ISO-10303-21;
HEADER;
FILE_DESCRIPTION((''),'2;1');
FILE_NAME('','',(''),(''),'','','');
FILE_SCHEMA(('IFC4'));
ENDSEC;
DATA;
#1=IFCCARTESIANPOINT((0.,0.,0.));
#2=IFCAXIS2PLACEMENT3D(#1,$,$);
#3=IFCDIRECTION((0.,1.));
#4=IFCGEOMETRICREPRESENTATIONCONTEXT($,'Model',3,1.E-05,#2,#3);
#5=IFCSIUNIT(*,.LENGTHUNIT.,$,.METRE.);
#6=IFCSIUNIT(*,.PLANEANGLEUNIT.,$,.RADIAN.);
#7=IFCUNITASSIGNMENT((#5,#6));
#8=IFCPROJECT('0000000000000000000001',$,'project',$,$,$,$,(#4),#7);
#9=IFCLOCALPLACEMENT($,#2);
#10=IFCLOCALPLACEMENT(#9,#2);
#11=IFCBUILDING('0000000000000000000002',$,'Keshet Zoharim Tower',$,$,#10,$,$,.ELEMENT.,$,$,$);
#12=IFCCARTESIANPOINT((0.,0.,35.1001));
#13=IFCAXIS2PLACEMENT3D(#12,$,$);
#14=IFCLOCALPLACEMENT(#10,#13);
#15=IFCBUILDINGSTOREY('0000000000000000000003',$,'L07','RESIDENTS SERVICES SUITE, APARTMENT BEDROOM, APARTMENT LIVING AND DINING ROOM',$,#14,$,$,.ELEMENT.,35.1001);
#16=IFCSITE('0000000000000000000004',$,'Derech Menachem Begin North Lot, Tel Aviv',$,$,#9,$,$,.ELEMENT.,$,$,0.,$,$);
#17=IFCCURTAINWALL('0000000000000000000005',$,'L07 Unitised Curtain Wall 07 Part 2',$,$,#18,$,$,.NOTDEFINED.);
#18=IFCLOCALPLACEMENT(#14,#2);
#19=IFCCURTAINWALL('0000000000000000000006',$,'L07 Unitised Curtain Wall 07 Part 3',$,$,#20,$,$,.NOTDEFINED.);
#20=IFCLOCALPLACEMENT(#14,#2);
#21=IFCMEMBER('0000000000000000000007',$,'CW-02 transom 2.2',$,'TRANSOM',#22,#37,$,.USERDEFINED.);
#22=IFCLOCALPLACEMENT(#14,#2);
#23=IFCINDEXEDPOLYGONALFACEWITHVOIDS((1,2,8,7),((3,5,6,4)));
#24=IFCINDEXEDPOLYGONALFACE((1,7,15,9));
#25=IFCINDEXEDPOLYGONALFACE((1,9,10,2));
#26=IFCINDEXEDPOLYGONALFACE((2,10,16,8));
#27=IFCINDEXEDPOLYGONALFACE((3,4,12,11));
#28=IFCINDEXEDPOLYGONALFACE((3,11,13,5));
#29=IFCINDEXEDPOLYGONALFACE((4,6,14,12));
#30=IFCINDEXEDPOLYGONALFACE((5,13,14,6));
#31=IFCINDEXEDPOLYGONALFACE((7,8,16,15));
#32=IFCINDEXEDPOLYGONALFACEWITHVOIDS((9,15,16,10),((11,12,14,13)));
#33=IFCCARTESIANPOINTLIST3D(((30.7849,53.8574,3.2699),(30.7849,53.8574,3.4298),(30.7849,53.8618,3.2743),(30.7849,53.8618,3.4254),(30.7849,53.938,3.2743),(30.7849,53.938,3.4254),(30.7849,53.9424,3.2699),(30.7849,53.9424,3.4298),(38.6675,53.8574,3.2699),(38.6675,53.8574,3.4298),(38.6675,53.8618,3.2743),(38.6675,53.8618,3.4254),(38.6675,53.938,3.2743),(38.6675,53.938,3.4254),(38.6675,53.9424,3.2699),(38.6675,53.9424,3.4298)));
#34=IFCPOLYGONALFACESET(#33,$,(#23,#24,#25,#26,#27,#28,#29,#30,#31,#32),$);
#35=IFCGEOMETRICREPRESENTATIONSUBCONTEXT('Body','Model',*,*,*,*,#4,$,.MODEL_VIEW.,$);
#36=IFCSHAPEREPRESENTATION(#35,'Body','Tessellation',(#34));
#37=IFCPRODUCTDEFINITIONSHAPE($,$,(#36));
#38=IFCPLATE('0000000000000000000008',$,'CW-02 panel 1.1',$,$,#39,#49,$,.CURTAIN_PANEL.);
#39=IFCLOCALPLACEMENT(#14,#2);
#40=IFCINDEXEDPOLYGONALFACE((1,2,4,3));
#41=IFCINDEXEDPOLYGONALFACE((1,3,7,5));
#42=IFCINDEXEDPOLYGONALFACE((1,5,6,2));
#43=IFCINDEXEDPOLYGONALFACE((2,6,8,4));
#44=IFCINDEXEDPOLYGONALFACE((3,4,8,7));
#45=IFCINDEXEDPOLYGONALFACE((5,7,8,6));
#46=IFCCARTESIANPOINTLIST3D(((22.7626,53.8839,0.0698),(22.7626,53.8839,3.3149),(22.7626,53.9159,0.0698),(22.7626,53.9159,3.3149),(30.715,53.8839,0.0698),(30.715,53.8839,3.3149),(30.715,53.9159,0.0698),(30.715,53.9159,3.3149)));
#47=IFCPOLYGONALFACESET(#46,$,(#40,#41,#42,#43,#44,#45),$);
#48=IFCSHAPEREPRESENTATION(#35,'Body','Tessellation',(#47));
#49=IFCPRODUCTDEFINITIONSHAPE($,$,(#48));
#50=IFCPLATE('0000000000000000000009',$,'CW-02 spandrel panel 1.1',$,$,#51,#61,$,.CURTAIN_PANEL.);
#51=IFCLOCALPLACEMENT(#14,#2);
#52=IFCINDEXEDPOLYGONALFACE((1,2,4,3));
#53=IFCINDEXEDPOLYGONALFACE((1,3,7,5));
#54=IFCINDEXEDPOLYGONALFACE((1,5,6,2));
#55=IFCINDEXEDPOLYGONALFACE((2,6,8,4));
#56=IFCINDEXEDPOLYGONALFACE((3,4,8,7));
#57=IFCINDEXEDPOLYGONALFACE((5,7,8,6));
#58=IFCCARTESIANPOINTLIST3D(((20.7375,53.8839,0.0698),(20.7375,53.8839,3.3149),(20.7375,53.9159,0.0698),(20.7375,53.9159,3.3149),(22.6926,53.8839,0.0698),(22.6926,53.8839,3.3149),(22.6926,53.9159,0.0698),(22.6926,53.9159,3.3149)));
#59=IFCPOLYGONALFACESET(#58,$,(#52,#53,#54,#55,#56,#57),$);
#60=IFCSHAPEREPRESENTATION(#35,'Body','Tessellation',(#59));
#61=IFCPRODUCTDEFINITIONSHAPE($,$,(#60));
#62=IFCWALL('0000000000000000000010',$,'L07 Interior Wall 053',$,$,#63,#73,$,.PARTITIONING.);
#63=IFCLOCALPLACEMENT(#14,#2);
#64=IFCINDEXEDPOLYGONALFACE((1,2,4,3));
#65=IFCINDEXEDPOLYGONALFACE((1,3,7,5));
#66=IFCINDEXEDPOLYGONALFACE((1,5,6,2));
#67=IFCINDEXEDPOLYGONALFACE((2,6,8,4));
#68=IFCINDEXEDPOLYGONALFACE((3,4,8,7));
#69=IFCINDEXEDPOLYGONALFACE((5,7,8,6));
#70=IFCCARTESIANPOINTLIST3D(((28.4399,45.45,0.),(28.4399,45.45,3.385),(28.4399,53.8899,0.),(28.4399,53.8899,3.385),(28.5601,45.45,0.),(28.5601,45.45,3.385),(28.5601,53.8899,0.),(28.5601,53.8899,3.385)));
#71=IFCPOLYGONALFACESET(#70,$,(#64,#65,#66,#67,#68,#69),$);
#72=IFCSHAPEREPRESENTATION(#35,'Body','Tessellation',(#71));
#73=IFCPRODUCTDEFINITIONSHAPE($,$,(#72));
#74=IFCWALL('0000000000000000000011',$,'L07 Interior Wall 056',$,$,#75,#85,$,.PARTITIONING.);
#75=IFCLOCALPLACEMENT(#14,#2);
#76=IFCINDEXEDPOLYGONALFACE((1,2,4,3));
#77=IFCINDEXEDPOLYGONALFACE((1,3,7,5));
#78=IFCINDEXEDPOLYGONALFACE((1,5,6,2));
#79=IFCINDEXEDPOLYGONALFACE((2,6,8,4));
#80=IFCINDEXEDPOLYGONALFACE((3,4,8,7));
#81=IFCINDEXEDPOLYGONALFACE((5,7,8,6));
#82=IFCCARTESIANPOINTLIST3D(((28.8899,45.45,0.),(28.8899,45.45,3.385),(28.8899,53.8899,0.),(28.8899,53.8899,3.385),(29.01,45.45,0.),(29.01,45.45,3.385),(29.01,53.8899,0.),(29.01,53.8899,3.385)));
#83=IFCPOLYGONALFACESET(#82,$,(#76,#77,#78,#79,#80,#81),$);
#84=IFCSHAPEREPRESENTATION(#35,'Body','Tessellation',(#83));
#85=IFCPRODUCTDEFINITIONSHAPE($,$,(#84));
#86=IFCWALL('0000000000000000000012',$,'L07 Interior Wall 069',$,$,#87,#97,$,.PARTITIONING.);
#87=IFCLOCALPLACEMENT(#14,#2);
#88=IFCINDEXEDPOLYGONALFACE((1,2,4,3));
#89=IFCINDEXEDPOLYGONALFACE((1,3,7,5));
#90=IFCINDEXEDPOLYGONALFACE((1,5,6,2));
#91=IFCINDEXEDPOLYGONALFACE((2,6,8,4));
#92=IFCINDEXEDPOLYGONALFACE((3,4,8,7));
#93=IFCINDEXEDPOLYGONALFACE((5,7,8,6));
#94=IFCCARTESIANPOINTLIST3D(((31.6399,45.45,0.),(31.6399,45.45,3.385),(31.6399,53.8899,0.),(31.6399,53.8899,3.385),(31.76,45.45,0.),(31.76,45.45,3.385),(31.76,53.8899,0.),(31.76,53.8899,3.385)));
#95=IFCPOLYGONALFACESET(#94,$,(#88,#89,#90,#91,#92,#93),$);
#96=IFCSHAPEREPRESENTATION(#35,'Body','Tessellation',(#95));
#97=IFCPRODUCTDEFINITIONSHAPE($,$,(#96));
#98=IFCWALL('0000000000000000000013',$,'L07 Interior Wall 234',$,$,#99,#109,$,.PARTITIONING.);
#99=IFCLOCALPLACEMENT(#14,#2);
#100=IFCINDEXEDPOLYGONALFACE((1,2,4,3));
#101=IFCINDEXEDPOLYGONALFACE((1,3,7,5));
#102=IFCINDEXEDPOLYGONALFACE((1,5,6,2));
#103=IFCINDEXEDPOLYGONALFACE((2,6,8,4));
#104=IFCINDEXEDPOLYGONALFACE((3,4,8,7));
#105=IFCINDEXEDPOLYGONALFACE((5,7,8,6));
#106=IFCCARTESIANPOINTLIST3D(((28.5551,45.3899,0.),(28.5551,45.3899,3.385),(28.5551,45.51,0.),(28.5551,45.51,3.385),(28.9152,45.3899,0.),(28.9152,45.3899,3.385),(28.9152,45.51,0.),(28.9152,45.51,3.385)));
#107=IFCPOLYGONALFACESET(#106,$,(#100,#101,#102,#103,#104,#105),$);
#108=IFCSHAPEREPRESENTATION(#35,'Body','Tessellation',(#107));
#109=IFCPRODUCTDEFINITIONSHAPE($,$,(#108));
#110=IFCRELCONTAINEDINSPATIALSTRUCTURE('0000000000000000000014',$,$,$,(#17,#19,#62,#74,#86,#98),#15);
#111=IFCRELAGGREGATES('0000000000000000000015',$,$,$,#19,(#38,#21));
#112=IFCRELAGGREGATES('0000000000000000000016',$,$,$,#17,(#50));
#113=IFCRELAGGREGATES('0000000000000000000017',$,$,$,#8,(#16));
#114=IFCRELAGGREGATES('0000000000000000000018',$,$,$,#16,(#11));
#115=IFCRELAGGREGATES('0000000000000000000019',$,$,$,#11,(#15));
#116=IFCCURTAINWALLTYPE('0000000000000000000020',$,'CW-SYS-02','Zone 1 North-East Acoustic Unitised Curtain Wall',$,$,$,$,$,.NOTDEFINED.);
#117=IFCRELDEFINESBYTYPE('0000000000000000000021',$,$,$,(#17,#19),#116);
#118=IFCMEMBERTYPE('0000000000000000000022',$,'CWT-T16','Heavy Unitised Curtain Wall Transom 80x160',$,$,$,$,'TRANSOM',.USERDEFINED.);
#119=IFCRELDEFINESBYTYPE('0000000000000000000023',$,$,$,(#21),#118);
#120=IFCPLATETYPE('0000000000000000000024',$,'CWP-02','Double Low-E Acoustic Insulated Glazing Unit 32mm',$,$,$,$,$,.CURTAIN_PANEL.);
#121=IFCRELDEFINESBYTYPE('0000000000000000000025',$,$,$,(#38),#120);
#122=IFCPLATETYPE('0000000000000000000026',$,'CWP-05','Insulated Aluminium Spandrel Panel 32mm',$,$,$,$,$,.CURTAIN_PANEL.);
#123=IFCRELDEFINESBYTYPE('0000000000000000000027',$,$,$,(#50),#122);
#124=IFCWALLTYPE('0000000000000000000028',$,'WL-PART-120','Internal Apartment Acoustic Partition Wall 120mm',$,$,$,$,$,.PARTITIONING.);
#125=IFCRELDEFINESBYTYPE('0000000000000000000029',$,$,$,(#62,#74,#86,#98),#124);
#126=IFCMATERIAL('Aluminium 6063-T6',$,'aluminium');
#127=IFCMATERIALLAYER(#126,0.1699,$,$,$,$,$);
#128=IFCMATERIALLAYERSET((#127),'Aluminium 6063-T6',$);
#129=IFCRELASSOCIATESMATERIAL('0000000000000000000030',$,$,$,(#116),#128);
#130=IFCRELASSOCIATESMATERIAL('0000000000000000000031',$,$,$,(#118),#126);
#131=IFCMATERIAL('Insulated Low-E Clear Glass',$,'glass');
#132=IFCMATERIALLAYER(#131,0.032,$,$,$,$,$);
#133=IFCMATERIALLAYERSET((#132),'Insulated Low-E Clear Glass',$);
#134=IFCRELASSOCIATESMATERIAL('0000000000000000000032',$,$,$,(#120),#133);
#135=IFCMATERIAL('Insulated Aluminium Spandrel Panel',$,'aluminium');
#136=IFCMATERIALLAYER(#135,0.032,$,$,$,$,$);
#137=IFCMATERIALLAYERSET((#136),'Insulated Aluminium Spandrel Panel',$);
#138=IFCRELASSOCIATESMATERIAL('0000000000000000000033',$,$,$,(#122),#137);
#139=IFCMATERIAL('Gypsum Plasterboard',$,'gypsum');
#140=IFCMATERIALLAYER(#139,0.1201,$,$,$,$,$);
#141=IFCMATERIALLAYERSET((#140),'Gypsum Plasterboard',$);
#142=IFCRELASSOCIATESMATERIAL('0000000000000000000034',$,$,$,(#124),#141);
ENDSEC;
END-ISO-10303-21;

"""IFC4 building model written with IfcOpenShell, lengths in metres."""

from ifc_helpers import new_model, si_unit, direction, frame, frame_2d, origin, origin_2d, place, context, subcontext, project, spatial, rectangle, hollow_rectangle, extrude, material, layer, layer_set, material_profile, profile_set, type_object, element, aggregate, save


model = new_model("IFC4")

# Units and contexts
model_context = context("Model", 3, precision=1e-05, world=origin(), true_north=direction((0.0, 1.0)))
body_context = subcontext(model_context, "Body", "Model", "MODEL_VIEW")
ifc_project = project(units=[si_unit("LENGTHUNIT", "METRE"), si_unit("PLANEANGLEUNIT", "RADIAN")], contexts=[model_context])

# Site, building, storey
site_placement = place(None, origin())
site = spatial("IfcSite", under=ifc_project, at=site_placement, Name="Derech Menachem Begin North Lot, Tel Aviv", CompositionType="ELEMENT", RefElevation=0.0)
building_placement = place(site_placement, origin())
building = spatial("IfcBuilding", under=site, at=building_placement, Name="Keshet Zoharim Tower", CompositionType="ELEMENT")
storey_placement = place(building_placement, frame((0.0, 0.0, 35.1001)))
storey = spatial("IfcBuildingStorey", under=building, at=storey_placement, Name="L07", Description="RESIDENTS SERVICES SUITE, APARTMENT BEDROOM, APARTMENT LIVING AND DINING ROOM", CompositionType="ELEMENT", Elevation=35.1001)

# Curtain wall
ifc_material_1 = material(Name="Aluminium 6063-T6", Category="aluminium")
ifc_layer_1 = layer(ifc_material_1, 0.1699)
ifc_layer_set_1 = layer_set([ifc_layer_1], Name="Aluminium 6063-T6")
curtain_wall_type = type_object("IfcCurtainWallType", Name="CW-SYS-02", Description="Zone 1 North-East Acoustic Unitised Curtain Wall", PredefinedType="NOTDEFINED", material=ifc_layer_set_1)
curtain_wall_1_placement = place(storey_placement, origin())
curtain_wall_1 = element("IfcCurtainWall", 1, at=curtain_wall_1_placement, inside=storey, type_object=curtain_wall_type, Name="L07 Unitised Curtain Wall 07 Part 2", PredefinedType="NOTDEFINED")

# Curtain wall, member, plate
curtain_wall_2_placement = place(storey_placement, origin())
curtain_wall_2 = element("IfcCurtainWall", 2, at=curtain_wall_2_placement, inside=storey, type_object=curtain_wall_type, Name="L07 Unitised Curtain Wall 07 Part 3", PredefinedType="NOTDEFINED")
ifc_material_profile_1 = material_profile(ifc_material_1, hollow_rectangle(XDim=0.085, YDim=0.1599, WallThickness=0.0044, at=origin_2d()), Name="TRN-85x160")
ifc_profile_set_1 = profile_set([ifc_material_profile_1], Name="Aluminium 6063-T6")
member_type_1 = type_object("IfcMemberType", Name="CWT-T16", Description="Heavy Unitised Curtain Wall Transom 80x160", ElementType="TRANSOM", PredefinedType="USERDEFINED", material=ifc_profile_set_1)
member_1_placement = place(storey_placement, frame((30.7849, 53.8999, 3.3499), z_axis=(1.0, 0.0, 0.0), x_axis=(0.0, 1.0, 0.0)))
member_1 = element("IfcMember", 3, at=member_1_placement, type_object=member_type_1, Name="CW-02 transom 2.2", ObjectType="TRANSOM", PredefinedType="USERDEFINED", context=body_context, shape_type="SweptSolid", body=[
    extrude(hollow_rectangle(XDim=0.085, YDim=0.1599, WallThickness=0.0044, at=origin_2d()), origin(), (0.0, 0.0, 1.0), 7.8826),
])
ifc_material_2 = material(Name="Insulated Low-E Clear Glass", Category="glass")
ifc_layer_2 = layer(ifc_material_2, 0.032)
ifc_layer_set_2 = layer_set([ifc_layer_2], Name="Insulated Low-E Clear Glass")
plate_type_1 = type_object("IfcPlateType", Name="CWP-02", Description="Double Low-E Acoustic Insulated Glazing Unit 32mm", PredefinedType="CURTAIN_PANEL", material=ifc_layer_set_2)
plate_1_placement = place(storey_placement, frame((26.7388, 53.8999, 0.0698), z_axis=(0.0, 0.0, 1.0), x_axis=(1.0, 0.0, 0.0)))
plate_1 = element("IfcPlate", 4, at=plate_1_placement, type_object=plate_type_1, Name="CW-02 panel 1.1", PredefinedType="CURTAIN_PANEL", context=body_context, shape_type="SweptSolid", body=[
    extrude(rectangle(XDim=7.9524, YDim=0.032, at=origin_2d()), origin(), (0.0, 0.0, 1.0), 3.2451),
])
aggregate(curtain_wall_2, [plate_1, member_1])

# Plate
ifc_material_3 = material(Name="Insulated Aluminium Spandrel Panel", Category="aluminium")
ifc_layer_3 = layer(ifc_material_3, 0.032)
ifc_layer_set_3 = layer_set([ifc_layer_3], Name="Insulated Aluminium Spandrel Panel")
plate_type_2 = type_object("IfcPlateType", Name="CWP-05", Description="Insulated Aluminium Spandrel Panel 32mm", PredefinedType="CURTAIN_PANEL", material=ifc_layer_set_3)
plate_2_placement = place(storey_placement, frame((21.7151, 53.8999, 0.0698), z_axis=(0.0, 0.0, 1.0), x_axis=(1.0, 0.0, 0.0)))
plate_2 = element("IfcPlate", 5, at=plate_2_placement, type_object=plate_type_2, Name="CW-02 spandrel panel 1.1", PredefinedType="CURTAIN_PANEL", context=body_context, shape_type="SweptSolid", body=[
    extrude(rectangle(XDim=1.9551, YDim=0.032, at=origin_2d()), origin(), (0.0, 0.0, 1.0), 3.2451),
])
aggregate(curtain_wall_1, [plate_2])

# Walls
ifc_material_4 = material(Name="Gypsum Plasterboard", Category="gypsum")
ifc_layer_4 = layer(ifc_material_4, 0.1201)
ifc_layer_set_4 = layer_set([ifc_layer_4], Name="Gypsum Plasterboard")
wall_type = type_object("IfcWallType", Name="WL-PART-120", Description="Internal Apartment Acoustic Partition Wall 120mm", PredefinedType="PARTITIONING", material=ifc_layer_set_4)
for number, where, z_axis, x_axis, name in (
    (6, (28.5, 45.45, 0.0), (0.0, 0.0, 1.0), (0.0, 1.0, 0.0), "L07 Interior Wall 053"),
    (7, (28.95, 45.45, 0.0), (0.0, 0.0, 1.0), (0.0, 1.0, 0.0), "L07 Interior Wall 056"),
    (8, (31.7, 45.45, 0.0), (0.0, 0.0, 1.0), (0.0, 1.0, 0.0), "L07 Interior Wall 069"),
):
    element("IfcWall", number, at=place(storey_placement, frame(where, z_axis=z_axis, x_axis=x_axis)), inside=storey, type_object=wall_type, Name=name, PredefinedType="PARTITIONING", context=body_context, shape_type="SweptSolid", body=[
        extrude(rectangle(XDim=8.4399, YDim=0.1201, at=frame_2d((4.22, 0.0))), origin(), (0.0, 0.0, 1.0), 3.385),
    ])
wall_1_placement = place(storey_placement, frame((28.5549, 45.45, 0.0), z_axis=(0.0, 0.0, 1.0), x_axis=(1.0, 0.0, 0.0)))
element("IfcWall", 9, at=wall_1_placement, inside=storey, type_object=wall_type, Name="L07 Interior Wall 234", PredefinedType="PARTITIONING", context=body_context, shape_type="SweptSolid", body=[
    extrude(rectangle(XDim=0.3601, YDim=0.1201, at=frame_2d((0.1802, 0.0))), origin(), (0.0, 0.0, 1.0), 3.385),
])

save(model, "model.ifc")
